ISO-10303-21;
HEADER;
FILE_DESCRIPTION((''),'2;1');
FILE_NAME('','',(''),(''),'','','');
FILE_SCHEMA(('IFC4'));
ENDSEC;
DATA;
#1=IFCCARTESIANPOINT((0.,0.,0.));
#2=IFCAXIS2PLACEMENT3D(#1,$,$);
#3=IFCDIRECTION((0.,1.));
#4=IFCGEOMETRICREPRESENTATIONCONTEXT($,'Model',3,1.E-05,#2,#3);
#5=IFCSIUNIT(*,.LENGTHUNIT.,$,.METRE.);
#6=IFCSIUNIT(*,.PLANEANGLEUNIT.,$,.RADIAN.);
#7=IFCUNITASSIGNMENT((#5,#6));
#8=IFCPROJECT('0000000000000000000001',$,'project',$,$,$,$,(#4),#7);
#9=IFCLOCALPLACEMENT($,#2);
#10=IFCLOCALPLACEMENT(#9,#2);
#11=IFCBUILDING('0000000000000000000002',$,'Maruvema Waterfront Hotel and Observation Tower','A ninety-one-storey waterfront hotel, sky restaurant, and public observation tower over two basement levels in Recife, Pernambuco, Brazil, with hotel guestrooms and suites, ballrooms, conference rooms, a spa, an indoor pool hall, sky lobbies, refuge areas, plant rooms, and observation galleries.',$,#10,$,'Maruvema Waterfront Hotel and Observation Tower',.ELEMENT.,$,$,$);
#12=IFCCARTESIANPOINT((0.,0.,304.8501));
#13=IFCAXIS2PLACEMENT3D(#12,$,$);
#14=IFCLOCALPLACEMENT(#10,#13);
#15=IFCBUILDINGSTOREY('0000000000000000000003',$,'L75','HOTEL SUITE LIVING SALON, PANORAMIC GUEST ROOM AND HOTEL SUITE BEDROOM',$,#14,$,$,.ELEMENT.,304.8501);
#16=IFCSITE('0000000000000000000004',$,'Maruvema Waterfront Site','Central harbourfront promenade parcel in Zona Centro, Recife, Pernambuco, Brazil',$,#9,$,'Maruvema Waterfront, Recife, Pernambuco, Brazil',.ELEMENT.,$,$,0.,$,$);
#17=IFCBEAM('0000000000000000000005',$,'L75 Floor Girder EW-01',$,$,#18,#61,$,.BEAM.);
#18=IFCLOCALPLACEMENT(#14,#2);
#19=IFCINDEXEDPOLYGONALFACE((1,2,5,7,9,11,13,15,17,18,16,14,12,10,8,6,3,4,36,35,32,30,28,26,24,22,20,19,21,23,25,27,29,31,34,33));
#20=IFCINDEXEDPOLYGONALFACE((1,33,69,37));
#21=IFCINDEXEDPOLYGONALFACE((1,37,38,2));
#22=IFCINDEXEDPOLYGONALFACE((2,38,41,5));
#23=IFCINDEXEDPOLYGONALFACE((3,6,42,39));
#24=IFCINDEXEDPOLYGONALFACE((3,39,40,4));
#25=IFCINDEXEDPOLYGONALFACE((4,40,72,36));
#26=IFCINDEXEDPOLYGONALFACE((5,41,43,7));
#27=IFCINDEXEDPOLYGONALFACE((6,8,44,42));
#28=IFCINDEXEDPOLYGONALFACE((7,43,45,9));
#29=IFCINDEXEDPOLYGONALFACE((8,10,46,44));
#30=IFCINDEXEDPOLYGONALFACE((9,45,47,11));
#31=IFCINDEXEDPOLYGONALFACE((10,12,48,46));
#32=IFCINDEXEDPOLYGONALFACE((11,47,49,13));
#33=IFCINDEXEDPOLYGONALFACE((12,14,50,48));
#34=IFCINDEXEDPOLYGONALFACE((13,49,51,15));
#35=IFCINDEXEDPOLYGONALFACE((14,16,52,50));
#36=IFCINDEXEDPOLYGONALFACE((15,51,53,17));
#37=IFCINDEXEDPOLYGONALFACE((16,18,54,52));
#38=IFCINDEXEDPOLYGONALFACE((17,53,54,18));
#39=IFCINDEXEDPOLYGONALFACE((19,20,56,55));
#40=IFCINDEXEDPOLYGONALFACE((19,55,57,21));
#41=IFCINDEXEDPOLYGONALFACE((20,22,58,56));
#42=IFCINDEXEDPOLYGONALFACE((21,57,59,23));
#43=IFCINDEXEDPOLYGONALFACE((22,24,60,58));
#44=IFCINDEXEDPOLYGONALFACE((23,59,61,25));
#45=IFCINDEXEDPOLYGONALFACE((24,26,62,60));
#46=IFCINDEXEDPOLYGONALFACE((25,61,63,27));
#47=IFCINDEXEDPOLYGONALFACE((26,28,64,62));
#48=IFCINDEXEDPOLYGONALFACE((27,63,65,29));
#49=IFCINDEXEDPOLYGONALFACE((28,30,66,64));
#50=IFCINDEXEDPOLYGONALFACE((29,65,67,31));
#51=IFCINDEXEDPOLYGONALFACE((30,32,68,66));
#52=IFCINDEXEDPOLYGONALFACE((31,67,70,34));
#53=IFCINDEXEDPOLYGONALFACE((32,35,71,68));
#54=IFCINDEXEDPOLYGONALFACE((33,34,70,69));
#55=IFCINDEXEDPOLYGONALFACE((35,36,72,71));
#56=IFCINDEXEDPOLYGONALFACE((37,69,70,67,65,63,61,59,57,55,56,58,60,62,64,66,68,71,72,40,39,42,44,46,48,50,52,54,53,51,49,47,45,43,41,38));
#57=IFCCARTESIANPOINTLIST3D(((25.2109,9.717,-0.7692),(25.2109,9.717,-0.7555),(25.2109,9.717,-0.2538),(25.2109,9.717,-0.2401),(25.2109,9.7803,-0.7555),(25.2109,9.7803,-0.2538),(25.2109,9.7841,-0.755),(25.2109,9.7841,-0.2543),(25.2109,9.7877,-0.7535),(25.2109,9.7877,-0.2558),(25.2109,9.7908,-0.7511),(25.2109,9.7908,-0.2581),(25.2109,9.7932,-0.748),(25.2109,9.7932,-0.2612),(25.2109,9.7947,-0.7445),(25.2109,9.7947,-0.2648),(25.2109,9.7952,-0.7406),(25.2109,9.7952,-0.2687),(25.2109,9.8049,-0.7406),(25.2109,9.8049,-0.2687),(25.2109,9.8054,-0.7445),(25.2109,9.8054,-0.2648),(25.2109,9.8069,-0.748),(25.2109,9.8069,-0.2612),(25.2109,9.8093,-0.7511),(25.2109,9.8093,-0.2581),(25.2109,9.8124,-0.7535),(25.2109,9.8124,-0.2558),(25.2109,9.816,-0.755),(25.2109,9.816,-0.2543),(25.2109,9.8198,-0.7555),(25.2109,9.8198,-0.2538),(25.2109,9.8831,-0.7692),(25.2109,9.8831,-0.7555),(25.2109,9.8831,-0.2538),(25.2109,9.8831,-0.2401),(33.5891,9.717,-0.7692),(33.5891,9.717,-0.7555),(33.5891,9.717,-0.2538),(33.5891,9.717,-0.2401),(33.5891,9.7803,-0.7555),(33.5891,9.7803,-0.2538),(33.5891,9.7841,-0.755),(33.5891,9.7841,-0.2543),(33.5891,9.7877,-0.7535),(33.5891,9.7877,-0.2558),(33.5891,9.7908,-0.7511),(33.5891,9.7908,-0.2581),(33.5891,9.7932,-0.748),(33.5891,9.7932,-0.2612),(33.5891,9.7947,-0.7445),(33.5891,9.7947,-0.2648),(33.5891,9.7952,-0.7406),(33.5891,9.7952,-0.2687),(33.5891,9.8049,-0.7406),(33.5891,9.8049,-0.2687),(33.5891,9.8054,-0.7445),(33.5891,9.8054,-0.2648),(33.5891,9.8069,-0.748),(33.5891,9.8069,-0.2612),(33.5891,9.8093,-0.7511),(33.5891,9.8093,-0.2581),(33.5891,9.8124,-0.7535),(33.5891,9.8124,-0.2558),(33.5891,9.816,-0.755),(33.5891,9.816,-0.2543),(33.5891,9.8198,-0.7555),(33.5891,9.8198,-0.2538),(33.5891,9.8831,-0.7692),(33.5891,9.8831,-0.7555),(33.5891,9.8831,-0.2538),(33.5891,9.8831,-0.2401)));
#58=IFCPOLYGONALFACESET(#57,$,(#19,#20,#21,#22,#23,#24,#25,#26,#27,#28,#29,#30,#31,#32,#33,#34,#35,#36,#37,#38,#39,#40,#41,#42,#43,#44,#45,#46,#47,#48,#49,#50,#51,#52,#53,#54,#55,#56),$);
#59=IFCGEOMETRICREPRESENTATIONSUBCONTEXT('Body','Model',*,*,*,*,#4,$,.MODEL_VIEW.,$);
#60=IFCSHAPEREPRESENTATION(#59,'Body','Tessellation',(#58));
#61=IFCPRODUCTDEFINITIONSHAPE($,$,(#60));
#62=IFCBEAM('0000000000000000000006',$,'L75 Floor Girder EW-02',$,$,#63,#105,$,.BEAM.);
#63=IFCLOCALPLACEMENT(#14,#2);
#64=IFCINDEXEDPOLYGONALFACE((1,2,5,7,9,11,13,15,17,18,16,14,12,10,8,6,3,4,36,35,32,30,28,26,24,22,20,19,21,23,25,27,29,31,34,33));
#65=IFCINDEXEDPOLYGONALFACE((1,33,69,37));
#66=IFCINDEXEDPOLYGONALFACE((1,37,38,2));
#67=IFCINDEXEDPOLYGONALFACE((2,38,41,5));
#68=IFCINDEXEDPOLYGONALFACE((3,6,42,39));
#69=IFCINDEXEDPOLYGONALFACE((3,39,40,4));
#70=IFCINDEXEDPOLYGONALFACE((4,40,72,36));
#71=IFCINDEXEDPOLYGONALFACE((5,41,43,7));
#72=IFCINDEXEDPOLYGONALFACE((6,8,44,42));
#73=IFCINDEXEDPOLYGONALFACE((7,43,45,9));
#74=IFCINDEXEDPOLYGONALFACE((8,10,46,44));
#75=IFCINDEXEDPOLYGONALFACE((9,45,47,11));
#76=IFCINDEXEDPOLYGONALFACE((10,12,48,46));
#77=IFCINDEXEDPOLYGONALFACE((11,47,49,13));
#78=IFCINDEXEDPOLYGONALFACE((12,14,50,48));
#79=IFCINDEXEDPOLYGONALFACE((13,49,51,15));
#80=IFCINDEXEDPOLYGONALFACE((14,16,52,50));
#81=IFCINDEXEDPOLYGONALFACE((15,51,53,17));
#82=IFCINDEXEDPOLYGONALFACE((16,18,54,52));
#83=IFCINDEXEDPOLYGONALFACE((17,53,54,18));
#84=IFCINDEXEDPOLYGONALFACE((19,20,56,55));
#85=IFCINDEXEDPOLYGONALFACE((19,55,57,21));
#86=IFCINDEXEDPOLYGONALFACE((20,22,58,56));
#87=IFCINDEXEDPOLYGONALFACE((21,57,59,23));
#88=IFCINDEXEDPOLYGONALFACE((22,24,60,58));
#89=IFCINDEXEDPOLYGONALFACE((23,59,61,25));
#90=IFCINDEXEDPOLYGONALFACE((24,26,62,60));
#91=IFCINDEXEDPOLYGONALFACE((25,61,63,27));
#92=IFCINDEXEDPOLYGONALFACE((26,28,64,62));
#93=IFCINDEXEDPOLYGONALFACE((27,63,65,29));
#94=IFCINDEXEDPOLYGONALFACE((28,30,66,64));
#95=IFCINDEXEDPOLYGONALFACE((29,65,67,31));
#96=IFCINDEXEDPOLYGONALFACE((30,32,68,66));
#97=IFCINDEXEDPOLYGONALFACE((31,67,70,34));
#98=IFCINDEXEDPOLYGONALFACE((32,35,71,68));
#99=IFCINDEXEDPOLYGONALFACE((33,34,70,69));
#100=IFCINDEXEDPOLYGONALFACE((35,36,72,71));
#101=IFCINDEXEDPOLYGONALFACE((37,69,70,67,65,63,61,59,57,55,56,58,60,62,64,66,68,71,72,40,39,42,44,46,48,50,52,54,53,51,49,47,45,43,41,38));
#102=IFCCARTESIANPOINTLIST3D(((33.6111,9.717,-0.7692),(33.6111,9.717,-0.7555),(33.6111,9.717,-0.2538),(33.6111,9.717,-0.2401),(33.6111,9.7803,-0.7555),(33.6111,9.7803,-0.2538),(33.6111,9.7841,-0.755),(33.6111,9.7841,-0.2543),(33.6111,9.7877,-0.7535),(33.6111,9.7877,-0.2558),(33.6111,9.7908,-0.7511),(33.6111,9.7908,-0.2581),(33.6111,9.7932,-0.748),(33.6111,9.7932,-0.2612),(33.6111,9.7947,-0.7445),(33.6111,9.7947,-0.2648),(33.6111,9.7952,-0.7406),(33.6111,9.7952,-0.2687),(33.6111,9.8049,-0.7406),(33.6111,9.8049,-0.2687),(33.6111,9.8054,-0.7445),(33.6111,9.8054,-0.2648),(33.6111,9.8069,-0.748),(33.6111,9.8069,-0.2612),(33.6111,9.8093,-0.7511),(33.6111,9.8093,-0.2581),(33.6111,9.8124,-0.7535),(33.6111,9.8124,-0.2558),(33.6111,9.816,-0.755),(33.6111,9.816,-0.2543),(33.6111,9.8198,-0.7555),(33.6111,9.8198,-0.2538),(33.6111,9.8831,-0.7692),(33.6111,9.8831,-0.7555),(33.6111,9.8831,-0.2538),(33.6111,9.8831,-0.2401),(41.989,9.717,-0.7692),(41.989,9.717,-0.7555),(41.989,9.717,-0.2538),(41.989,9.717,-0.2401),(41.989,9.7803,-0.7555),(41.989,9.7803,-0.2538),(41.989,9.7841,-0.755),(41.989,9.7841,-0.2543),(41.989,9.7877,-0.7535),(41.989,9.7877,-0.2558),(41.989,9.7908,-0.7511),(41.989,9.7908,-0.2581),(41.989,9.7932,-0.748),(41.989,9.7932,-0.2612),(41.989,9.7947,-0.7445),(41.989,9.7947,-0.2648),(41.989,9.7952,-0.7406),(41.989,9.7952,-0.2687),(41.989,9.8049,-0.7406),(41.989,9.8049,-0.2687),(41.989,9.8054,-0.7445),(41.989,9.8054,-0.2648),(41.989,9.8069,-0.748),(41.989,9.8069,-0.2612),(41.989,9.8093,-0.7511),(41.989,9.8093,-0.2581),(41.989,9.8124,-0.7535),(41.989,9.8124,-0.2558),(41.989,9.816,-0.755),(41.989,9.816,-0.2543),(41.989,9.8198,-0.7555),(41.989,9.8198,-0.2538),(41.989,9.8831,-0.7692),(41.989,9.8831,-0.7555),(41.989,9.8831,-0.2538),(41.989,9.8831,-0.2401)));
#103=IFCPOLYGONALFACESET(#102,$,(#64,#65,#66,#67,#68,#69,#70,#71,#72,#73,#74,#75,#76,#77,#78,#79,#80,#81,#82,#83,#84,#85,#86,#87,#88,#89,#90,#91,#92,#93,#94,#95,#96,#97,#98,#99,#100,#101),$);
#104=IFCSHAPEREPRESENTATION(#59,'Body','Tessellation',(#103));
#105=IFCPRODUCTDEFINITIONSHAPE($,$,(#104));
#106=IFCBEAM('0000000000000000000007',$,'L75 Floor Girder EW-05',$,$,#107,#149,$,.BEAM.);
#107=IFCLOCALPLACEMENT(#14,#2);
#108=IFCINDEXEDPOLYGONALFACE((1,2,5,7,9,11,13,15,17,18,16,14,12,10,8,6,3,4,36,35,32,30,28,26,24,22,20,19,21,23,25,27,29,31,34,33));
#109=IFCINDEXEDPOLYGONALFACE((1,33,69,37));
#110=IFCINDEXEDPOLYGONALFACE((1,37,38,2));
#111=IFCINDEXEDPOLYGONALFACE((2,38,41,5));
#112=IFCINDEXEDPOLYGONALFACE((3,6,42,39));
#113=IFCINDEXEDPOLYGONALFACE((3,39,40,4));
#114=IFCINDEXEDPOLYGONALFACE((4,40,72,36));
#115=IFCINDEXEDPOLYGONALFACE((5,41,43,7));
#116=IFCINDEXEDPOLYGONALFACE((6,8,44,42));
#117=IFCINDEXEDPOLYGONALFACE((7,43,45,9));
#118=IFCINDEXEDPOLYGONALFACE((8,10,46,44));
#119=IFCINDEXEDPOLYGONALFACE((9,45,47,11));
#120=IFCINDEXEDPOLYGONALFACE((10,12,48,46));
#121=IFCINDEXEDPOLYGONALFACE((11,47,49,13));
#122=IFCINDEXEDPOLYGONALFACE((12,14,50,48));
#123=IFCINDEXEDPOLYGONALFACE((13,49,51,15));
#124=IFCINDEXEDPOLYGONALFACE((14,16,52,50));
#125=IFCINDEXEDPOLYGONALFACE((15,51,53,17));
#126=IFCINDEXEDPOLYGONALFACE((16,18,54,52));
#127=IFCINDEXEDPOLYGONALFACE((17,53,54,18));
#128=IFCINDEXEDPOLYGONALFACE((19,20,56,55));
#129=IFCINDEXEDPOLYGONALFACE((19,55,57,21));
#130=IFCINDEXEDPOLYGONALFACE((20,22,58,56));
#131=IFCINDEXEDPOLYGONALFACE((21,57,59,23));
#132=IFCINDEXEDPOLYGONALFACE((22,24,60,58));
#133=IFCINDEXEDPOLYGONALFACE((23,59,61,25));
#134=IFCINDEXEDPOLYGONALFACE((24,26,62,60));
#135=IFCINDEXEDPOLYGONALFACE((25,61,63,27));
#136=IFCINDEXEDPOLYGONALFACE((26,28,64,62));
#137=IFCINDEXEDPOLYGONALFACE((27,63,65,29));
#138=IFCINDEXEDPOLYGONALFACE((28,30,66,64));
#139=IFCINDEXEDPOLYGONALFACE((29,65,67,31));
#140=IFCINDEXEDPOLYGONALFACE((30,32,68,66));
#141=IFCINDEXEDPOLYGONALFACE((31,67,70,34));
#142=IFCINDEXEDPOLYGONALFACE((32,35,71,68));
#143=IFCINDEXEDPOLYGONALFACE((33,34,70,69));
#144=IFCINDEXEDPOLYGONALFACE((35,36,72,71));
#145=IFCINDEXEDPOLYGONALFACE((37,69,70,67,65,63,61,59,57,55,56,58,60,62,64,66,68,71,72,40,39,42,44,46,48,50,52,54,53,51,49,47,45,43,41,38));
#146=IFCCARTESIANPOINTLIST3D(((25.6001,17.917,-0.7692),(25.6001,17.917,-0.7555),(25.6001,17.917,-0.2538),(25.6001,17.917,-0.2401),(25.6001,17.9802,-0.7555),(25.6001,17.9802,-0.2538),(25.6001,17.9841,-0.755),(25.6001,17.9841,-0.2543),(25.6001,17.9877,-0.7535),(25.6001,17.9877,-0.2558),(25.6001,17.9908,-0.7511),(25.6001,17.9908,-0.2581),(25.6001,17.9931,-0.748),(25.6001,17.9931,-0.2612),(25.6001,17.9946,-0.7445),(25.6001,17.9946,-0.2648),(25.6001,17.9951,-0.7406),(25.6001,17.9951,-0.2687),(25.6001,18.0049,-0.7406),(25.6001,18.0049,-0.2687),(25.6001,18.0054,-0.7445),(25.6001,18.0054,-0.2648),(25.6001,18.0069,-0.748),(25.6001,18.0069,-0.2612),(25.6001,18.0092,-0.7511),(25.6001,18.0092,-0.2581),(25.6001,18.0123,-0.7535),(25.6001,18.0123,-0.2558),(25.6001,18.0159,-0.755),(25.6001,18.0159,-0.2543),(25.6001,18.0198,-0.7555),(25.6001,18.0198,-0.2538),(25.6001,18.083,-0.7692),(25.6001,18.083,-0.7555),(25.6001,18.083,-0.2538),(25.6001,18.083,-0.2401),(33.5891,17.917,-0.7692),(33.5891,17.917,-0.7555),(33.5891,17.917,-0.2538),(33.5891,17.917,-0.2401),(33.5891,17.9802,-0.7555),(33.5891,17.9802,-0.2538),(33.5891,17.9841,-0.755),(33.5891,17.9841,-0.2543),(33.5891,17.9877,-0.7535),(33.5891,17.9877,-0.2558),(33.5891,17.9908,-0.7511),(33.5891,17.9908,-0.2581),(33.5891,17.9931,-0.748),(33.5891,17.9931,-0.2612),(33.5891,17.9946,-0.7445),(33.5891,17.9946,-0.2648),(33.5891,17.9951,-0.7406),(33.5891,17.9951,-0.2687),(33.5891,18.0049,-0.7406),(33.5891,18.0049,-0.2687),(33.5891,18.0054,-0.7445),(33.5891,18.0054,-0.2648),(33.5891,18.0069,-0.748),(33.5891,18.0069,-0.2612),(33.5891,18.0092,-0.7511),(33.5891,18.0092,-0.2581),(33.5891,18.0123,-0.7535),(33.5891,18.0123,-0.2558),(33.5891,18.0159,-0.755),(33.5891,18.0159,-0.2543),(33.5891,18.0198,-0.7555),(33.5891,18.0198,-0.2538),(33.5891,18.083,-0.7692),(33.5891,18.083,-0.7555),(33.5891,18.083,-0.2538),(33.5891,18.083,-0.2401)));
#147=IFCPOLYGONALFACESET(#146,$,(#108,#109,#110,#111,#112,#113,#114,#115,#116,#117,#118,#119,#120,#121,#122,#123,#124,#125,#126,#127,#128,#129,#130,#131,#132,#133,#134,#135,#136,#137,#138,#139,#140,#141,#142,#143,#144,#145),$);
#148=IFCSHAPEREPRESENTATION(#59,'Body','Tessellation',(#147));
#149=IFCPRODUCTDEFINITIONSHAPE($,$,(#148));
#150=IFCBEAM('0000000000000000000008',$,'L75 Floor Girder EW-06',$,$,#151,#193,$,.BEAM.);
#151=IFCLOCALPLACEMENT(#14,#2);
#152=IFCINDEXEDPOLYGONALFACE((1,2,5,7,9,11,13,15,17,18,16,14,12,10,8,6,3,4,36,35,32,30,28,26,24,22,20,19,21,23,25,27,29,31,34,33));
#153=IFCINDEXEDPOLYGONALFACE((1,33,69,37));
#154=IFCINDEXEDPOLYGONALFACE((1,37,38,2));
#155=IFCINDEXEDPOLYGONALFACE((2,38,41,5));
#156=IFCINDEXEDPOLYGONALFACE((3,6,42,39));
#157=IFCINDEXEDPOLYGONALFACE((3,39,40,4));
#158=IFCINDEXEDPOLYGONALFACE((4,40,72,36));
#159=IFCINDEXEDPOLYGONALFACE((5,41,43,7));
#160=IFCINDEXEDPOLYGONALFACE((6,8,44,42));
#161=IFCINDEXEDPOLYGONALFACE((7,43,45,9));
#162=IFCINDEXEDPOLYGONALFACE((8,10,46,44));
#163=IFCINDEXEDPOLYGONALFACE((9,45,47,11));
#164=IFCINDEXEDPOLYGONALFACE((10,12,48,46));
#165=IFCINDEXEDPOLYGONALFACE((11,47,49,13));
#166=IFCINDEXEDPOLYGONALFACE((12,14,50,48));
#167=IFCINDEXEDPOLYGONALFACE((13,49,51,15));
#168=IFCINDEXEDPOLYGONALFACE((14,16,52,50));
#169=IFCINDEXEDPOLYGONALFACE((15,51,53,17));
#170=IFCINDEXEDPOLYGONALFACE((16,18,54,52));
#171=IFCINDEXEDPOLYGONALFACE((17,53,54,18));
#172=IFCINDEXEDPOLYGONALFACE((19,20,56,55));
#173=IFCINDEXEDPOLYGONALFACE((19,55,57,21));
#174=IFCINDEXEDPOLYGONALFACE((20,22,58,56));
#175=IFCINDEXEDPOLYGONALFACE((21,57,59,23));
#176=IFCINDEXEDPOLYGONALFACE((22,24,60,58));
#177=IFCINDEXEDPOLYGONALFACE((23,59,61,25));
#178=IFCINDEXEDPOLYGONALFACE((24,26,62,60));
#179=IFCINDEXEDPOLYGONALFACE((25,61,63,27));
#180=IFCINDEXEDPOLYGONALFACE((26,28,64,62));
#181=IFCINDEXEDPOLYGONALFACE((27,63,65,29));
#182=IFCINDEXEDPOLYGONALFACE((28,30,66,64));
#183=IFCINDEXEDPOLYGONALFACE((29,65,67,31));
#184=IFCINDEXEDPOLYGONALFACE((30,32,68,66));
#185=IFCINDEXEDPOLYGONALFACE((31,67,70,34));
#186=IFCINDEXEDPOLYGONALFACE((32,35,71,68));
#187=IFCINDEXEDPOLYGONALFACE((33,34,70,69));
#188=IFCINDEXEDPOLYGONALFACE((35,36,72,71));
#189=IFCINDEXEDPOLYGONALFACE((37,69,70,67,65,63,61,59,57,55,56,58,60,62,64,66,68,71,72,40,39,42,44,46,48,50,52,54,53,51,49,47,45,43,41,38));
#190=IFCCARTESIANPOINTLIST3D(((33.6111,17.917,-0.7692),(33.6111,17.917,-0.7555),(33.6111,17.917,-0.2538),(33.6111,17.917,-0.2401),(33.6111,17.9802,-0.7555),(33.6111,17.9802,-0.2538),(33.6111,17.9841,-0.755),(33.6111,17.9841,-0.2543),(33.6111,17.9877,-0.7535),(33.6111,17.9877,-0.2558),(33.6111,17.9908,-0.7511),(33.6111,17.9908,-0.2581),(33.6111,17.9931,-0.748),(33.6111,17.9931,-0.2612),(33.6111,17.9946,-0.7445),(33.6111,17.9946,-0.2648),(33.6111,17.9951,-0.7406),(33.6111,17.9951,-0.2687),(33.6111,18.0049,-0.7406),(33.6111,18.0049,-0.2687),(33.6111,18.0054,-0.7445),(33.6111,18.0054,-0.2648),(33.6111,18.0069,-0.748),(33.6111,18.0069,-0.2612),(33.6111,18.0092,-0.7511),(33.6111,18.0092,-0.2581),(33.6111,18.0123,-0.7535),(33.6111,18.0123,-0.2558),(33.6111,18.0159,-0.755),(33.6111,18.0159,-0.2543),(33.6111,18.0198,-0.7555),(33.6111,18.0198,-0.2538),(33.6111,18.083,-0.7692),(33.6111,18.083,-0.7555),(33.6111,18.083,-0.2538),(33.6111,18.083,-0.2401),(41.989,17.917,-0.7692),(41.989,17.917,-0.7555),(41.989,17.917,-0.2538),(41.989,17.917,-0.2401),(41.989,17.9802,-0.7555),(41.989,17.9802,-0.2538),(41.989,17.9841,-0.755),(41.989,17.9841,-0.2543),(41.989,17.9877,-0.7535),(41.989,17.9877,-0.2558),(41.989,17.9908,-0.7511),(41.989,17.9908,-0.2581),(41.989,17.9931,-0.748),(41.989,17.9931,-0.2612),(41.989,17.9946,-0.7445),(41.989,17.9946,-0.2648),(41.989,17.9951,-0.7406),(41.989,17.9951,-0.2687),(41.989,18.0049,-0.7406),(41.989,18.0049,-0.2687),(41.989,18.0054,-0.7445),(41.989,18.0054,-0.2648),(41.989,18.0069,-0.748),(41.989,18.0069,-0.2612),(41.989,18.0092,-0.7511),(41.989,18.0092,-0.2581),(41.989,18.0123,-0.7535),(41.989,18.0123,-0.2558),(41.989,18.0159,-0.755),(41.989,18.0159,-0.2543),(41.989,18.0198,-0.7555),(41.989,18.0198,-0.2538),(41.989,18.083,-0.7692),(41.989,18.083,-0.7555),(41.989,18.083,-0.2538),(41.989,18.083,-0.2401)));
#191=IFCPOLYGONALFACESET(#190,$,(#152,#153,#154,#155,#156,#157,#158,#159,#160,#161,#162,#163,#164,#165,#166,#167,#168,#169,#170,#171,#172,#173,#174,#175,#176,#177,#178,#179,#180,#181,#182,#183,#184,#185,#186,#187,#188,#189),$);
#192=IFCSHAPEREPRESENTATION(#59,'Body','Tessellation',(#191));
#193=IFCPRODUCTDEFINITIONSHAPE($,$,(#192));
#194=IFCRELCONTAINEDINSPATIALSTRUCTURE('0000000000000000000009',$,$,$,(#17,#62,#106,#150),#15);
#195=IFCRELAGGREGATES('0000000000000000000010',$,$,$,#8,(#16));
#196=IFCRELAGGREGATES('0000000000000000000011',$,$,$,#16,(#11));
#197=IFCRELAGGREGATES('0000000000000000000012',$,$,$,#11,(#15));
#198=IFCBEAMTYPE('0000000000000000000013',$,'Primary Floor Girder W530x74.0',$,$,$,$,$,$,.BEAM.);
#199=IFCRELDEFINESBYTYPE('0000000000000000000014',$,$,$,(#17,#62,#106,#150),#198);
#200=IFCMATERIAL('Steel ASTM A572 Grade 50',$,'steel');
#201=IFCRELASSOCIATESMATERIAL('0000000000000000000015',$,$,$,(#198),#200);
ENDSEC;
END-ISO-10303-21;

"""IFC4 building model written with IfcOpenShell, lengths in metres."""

from ifc_helpers import new_model, si_unit, direction, frame, origin, origin_2d, place, context, subcontext, project, spatial, i_section, extrude, material, material_profile, profile_set, type_object, element, save


model = new_model("IFC4")

# Units and contexts
model_context = context("Model", 3, precision=1e-05, world=origin(), true_north=direction((0.0, 1.0)))
body_context = subcontext(model_context, "Body", "Model", "MODEL_VIEW")
ifc_project = project(units=[si_unit("LENGTHUNIT", "METRE"), si_unit("PLANEANGLEUNIT", "RADIAN")], contexts=[model_context])

# Site, building, storey
site_placement = place(None, origin())
site = spatial("IfcSite", under=ifc_project, at=site_placement, Name="Maruvema Waterfront Site", Description="Central harbourfront promenade parcel in Zona Centro, Recife, Pernambuco, Brazil", LongName="Maruvema Waterfront, Recife, Pernambuco, Brazil", CompositionType="ELEMENT", RefElevation=0.0)
building_placement = place(site_placement, origin())
building = spatial("IfcBuilding", under=site, at=building_placement, Name="Maruvema Waterfront Hotel and Observation Tower", Description="A ninety-one-storey waterfront hotel, sky restaurant, and public observation tower over two basement levels in Recife, Pernambuco, Brazil, with hotel guestrooms and suites, ballrooms, conference rooms, a spa, an indoor pool hall, sky lobbies, refuge areas, plant rooms, and observation galleries.", LongName="Maruvema Waterfront Hotel and Observation Tower", CompositionType="ELEMENT")
storey_placement = place(building_placement, frame((0.0, 0.0, 304.8501)))
storey = spatial("IfcBuildingStorey", under=building, at=storey_placement, Name="L75", Description="HOTEL SUITE LIVING SALON, PANORAMIC GUEST ROOM AND HOTEL SUITE BEDROOM", CompositionType="ELEMENT", Elevation=304.8501)

# Beams
ifc_material_1 = material(Name="Steel ASTM A572 Grade 50", Category="steel")
ifc_material_profile_1 = material_profile(ifc_material_1, i_section(OverallWidth=0.166, OverallDepth=0.5291, WebThickness=0.0098, FlangeThickness=0.0137, FilletRadius=0.0149, at=origin_2d()), Name="W530x74.0")
ifc_profile_set_1 = profile_set([ifc_material_profile_1], Name="Steel ASTM A572 Grade 50")
beam_type_1 = type_object("IfcBeamType", Name="Primary Floor Girder W530x74.0", PredefinedType="BEAM", material=ifc_profile_set_1)
beam_1_placement = place(storey_placement, frame((25.2109, 9.8, -0.5046), z_axis=(1.0, 0.0, 0.0), x_axis=(0.0, 1.0, 0.0)))
element("IfcBeam", 1, at=beam_1_placement, inside=storey, type_object=beam_type_1, Name="L75 Floor Girder EW-01", PredefinedType="BEAM", context=body_context, shape_type="SweptSolid", body=[
    extrude(i_section(OverallWidth=0.166, OverallDepth=0.5291, WebThickness=0.0098, FlangeThickness=0.0137, FilletRadius=0.0149, at=origin_2d()), origin(), (0.0, 0.0, 1.0), 8.3782),
])
beam_2_placement = place(storey_placement, frame((33.6111, 9.8, -0.5046), z_axis=(1.0, 0.0, 0.0), x_axis=(0.0, 1.0, 0.0)))
element("IfcBeam", 2, at=beam_2_placement, inside=storey, type_object=beam_type_1, Name="L75 Floor Girder EW-02", PredefinedType="BEAM", context=body_context, shape_type="SweptSolid", body=[
    extrude(i_section(OverallWidth=0.166, OverallDepth=0.5291, WebThickness=0.0098, FlangeThickness=0.0137, FilletRadius=0.0149, at=origin_2d()), origin(), (0.0, 0.0, 1.0), 8.3779),
])
beam_3_placement = place(storey_placement, frame((25.6001, 18.0, -0.5046), z_axis=(1.0, 0.0, 0.0), x_axis=(0.0, 1.0, 0.0)))
element("IfcBeam", 3, at=beam_3_placement, inside=storey, type_object=beam_type_1, Name="L75 Floor Girder EW-05", PredefinedType="BEAM", context=body_context, shape_type="SweptSolid", body=[
    extrude(i_section(OverallWidth=0.166, OverallDepth=0.5291, WebThickness=0.0098, FlangeThickness=0.0137, FilletRadius=0.0149, at=origin_2d()), origin(), (0.0, 0.0, 1.0), 7.989),
])
beam_4_placement = place(storey_placement, frame((33.6111, 18.0, -0.5046), z_axis=(1.0, 0.0, 0.0), x_axis=(0.0, 1.0, 0.0)))
element("IfcBeam", 4, at=beam_4_placement, inside=storey, type_object=beam_type_1, Name="L75 Floor Girder EW-06", PredefinedType="BEAM", context=body_context, shape_type="SweptSolid", body=[
    extrude(i_section(OverallWidth=0.166, OverallDepth=0.5291, WebThickness=0.0098, FlangeThickness=0.0137, FilletRadius=0.0149, at=origin_2d()), origin(), (0.0, 0.0, 1.0), 8.3779),
])

save(model, "model.ifc")
